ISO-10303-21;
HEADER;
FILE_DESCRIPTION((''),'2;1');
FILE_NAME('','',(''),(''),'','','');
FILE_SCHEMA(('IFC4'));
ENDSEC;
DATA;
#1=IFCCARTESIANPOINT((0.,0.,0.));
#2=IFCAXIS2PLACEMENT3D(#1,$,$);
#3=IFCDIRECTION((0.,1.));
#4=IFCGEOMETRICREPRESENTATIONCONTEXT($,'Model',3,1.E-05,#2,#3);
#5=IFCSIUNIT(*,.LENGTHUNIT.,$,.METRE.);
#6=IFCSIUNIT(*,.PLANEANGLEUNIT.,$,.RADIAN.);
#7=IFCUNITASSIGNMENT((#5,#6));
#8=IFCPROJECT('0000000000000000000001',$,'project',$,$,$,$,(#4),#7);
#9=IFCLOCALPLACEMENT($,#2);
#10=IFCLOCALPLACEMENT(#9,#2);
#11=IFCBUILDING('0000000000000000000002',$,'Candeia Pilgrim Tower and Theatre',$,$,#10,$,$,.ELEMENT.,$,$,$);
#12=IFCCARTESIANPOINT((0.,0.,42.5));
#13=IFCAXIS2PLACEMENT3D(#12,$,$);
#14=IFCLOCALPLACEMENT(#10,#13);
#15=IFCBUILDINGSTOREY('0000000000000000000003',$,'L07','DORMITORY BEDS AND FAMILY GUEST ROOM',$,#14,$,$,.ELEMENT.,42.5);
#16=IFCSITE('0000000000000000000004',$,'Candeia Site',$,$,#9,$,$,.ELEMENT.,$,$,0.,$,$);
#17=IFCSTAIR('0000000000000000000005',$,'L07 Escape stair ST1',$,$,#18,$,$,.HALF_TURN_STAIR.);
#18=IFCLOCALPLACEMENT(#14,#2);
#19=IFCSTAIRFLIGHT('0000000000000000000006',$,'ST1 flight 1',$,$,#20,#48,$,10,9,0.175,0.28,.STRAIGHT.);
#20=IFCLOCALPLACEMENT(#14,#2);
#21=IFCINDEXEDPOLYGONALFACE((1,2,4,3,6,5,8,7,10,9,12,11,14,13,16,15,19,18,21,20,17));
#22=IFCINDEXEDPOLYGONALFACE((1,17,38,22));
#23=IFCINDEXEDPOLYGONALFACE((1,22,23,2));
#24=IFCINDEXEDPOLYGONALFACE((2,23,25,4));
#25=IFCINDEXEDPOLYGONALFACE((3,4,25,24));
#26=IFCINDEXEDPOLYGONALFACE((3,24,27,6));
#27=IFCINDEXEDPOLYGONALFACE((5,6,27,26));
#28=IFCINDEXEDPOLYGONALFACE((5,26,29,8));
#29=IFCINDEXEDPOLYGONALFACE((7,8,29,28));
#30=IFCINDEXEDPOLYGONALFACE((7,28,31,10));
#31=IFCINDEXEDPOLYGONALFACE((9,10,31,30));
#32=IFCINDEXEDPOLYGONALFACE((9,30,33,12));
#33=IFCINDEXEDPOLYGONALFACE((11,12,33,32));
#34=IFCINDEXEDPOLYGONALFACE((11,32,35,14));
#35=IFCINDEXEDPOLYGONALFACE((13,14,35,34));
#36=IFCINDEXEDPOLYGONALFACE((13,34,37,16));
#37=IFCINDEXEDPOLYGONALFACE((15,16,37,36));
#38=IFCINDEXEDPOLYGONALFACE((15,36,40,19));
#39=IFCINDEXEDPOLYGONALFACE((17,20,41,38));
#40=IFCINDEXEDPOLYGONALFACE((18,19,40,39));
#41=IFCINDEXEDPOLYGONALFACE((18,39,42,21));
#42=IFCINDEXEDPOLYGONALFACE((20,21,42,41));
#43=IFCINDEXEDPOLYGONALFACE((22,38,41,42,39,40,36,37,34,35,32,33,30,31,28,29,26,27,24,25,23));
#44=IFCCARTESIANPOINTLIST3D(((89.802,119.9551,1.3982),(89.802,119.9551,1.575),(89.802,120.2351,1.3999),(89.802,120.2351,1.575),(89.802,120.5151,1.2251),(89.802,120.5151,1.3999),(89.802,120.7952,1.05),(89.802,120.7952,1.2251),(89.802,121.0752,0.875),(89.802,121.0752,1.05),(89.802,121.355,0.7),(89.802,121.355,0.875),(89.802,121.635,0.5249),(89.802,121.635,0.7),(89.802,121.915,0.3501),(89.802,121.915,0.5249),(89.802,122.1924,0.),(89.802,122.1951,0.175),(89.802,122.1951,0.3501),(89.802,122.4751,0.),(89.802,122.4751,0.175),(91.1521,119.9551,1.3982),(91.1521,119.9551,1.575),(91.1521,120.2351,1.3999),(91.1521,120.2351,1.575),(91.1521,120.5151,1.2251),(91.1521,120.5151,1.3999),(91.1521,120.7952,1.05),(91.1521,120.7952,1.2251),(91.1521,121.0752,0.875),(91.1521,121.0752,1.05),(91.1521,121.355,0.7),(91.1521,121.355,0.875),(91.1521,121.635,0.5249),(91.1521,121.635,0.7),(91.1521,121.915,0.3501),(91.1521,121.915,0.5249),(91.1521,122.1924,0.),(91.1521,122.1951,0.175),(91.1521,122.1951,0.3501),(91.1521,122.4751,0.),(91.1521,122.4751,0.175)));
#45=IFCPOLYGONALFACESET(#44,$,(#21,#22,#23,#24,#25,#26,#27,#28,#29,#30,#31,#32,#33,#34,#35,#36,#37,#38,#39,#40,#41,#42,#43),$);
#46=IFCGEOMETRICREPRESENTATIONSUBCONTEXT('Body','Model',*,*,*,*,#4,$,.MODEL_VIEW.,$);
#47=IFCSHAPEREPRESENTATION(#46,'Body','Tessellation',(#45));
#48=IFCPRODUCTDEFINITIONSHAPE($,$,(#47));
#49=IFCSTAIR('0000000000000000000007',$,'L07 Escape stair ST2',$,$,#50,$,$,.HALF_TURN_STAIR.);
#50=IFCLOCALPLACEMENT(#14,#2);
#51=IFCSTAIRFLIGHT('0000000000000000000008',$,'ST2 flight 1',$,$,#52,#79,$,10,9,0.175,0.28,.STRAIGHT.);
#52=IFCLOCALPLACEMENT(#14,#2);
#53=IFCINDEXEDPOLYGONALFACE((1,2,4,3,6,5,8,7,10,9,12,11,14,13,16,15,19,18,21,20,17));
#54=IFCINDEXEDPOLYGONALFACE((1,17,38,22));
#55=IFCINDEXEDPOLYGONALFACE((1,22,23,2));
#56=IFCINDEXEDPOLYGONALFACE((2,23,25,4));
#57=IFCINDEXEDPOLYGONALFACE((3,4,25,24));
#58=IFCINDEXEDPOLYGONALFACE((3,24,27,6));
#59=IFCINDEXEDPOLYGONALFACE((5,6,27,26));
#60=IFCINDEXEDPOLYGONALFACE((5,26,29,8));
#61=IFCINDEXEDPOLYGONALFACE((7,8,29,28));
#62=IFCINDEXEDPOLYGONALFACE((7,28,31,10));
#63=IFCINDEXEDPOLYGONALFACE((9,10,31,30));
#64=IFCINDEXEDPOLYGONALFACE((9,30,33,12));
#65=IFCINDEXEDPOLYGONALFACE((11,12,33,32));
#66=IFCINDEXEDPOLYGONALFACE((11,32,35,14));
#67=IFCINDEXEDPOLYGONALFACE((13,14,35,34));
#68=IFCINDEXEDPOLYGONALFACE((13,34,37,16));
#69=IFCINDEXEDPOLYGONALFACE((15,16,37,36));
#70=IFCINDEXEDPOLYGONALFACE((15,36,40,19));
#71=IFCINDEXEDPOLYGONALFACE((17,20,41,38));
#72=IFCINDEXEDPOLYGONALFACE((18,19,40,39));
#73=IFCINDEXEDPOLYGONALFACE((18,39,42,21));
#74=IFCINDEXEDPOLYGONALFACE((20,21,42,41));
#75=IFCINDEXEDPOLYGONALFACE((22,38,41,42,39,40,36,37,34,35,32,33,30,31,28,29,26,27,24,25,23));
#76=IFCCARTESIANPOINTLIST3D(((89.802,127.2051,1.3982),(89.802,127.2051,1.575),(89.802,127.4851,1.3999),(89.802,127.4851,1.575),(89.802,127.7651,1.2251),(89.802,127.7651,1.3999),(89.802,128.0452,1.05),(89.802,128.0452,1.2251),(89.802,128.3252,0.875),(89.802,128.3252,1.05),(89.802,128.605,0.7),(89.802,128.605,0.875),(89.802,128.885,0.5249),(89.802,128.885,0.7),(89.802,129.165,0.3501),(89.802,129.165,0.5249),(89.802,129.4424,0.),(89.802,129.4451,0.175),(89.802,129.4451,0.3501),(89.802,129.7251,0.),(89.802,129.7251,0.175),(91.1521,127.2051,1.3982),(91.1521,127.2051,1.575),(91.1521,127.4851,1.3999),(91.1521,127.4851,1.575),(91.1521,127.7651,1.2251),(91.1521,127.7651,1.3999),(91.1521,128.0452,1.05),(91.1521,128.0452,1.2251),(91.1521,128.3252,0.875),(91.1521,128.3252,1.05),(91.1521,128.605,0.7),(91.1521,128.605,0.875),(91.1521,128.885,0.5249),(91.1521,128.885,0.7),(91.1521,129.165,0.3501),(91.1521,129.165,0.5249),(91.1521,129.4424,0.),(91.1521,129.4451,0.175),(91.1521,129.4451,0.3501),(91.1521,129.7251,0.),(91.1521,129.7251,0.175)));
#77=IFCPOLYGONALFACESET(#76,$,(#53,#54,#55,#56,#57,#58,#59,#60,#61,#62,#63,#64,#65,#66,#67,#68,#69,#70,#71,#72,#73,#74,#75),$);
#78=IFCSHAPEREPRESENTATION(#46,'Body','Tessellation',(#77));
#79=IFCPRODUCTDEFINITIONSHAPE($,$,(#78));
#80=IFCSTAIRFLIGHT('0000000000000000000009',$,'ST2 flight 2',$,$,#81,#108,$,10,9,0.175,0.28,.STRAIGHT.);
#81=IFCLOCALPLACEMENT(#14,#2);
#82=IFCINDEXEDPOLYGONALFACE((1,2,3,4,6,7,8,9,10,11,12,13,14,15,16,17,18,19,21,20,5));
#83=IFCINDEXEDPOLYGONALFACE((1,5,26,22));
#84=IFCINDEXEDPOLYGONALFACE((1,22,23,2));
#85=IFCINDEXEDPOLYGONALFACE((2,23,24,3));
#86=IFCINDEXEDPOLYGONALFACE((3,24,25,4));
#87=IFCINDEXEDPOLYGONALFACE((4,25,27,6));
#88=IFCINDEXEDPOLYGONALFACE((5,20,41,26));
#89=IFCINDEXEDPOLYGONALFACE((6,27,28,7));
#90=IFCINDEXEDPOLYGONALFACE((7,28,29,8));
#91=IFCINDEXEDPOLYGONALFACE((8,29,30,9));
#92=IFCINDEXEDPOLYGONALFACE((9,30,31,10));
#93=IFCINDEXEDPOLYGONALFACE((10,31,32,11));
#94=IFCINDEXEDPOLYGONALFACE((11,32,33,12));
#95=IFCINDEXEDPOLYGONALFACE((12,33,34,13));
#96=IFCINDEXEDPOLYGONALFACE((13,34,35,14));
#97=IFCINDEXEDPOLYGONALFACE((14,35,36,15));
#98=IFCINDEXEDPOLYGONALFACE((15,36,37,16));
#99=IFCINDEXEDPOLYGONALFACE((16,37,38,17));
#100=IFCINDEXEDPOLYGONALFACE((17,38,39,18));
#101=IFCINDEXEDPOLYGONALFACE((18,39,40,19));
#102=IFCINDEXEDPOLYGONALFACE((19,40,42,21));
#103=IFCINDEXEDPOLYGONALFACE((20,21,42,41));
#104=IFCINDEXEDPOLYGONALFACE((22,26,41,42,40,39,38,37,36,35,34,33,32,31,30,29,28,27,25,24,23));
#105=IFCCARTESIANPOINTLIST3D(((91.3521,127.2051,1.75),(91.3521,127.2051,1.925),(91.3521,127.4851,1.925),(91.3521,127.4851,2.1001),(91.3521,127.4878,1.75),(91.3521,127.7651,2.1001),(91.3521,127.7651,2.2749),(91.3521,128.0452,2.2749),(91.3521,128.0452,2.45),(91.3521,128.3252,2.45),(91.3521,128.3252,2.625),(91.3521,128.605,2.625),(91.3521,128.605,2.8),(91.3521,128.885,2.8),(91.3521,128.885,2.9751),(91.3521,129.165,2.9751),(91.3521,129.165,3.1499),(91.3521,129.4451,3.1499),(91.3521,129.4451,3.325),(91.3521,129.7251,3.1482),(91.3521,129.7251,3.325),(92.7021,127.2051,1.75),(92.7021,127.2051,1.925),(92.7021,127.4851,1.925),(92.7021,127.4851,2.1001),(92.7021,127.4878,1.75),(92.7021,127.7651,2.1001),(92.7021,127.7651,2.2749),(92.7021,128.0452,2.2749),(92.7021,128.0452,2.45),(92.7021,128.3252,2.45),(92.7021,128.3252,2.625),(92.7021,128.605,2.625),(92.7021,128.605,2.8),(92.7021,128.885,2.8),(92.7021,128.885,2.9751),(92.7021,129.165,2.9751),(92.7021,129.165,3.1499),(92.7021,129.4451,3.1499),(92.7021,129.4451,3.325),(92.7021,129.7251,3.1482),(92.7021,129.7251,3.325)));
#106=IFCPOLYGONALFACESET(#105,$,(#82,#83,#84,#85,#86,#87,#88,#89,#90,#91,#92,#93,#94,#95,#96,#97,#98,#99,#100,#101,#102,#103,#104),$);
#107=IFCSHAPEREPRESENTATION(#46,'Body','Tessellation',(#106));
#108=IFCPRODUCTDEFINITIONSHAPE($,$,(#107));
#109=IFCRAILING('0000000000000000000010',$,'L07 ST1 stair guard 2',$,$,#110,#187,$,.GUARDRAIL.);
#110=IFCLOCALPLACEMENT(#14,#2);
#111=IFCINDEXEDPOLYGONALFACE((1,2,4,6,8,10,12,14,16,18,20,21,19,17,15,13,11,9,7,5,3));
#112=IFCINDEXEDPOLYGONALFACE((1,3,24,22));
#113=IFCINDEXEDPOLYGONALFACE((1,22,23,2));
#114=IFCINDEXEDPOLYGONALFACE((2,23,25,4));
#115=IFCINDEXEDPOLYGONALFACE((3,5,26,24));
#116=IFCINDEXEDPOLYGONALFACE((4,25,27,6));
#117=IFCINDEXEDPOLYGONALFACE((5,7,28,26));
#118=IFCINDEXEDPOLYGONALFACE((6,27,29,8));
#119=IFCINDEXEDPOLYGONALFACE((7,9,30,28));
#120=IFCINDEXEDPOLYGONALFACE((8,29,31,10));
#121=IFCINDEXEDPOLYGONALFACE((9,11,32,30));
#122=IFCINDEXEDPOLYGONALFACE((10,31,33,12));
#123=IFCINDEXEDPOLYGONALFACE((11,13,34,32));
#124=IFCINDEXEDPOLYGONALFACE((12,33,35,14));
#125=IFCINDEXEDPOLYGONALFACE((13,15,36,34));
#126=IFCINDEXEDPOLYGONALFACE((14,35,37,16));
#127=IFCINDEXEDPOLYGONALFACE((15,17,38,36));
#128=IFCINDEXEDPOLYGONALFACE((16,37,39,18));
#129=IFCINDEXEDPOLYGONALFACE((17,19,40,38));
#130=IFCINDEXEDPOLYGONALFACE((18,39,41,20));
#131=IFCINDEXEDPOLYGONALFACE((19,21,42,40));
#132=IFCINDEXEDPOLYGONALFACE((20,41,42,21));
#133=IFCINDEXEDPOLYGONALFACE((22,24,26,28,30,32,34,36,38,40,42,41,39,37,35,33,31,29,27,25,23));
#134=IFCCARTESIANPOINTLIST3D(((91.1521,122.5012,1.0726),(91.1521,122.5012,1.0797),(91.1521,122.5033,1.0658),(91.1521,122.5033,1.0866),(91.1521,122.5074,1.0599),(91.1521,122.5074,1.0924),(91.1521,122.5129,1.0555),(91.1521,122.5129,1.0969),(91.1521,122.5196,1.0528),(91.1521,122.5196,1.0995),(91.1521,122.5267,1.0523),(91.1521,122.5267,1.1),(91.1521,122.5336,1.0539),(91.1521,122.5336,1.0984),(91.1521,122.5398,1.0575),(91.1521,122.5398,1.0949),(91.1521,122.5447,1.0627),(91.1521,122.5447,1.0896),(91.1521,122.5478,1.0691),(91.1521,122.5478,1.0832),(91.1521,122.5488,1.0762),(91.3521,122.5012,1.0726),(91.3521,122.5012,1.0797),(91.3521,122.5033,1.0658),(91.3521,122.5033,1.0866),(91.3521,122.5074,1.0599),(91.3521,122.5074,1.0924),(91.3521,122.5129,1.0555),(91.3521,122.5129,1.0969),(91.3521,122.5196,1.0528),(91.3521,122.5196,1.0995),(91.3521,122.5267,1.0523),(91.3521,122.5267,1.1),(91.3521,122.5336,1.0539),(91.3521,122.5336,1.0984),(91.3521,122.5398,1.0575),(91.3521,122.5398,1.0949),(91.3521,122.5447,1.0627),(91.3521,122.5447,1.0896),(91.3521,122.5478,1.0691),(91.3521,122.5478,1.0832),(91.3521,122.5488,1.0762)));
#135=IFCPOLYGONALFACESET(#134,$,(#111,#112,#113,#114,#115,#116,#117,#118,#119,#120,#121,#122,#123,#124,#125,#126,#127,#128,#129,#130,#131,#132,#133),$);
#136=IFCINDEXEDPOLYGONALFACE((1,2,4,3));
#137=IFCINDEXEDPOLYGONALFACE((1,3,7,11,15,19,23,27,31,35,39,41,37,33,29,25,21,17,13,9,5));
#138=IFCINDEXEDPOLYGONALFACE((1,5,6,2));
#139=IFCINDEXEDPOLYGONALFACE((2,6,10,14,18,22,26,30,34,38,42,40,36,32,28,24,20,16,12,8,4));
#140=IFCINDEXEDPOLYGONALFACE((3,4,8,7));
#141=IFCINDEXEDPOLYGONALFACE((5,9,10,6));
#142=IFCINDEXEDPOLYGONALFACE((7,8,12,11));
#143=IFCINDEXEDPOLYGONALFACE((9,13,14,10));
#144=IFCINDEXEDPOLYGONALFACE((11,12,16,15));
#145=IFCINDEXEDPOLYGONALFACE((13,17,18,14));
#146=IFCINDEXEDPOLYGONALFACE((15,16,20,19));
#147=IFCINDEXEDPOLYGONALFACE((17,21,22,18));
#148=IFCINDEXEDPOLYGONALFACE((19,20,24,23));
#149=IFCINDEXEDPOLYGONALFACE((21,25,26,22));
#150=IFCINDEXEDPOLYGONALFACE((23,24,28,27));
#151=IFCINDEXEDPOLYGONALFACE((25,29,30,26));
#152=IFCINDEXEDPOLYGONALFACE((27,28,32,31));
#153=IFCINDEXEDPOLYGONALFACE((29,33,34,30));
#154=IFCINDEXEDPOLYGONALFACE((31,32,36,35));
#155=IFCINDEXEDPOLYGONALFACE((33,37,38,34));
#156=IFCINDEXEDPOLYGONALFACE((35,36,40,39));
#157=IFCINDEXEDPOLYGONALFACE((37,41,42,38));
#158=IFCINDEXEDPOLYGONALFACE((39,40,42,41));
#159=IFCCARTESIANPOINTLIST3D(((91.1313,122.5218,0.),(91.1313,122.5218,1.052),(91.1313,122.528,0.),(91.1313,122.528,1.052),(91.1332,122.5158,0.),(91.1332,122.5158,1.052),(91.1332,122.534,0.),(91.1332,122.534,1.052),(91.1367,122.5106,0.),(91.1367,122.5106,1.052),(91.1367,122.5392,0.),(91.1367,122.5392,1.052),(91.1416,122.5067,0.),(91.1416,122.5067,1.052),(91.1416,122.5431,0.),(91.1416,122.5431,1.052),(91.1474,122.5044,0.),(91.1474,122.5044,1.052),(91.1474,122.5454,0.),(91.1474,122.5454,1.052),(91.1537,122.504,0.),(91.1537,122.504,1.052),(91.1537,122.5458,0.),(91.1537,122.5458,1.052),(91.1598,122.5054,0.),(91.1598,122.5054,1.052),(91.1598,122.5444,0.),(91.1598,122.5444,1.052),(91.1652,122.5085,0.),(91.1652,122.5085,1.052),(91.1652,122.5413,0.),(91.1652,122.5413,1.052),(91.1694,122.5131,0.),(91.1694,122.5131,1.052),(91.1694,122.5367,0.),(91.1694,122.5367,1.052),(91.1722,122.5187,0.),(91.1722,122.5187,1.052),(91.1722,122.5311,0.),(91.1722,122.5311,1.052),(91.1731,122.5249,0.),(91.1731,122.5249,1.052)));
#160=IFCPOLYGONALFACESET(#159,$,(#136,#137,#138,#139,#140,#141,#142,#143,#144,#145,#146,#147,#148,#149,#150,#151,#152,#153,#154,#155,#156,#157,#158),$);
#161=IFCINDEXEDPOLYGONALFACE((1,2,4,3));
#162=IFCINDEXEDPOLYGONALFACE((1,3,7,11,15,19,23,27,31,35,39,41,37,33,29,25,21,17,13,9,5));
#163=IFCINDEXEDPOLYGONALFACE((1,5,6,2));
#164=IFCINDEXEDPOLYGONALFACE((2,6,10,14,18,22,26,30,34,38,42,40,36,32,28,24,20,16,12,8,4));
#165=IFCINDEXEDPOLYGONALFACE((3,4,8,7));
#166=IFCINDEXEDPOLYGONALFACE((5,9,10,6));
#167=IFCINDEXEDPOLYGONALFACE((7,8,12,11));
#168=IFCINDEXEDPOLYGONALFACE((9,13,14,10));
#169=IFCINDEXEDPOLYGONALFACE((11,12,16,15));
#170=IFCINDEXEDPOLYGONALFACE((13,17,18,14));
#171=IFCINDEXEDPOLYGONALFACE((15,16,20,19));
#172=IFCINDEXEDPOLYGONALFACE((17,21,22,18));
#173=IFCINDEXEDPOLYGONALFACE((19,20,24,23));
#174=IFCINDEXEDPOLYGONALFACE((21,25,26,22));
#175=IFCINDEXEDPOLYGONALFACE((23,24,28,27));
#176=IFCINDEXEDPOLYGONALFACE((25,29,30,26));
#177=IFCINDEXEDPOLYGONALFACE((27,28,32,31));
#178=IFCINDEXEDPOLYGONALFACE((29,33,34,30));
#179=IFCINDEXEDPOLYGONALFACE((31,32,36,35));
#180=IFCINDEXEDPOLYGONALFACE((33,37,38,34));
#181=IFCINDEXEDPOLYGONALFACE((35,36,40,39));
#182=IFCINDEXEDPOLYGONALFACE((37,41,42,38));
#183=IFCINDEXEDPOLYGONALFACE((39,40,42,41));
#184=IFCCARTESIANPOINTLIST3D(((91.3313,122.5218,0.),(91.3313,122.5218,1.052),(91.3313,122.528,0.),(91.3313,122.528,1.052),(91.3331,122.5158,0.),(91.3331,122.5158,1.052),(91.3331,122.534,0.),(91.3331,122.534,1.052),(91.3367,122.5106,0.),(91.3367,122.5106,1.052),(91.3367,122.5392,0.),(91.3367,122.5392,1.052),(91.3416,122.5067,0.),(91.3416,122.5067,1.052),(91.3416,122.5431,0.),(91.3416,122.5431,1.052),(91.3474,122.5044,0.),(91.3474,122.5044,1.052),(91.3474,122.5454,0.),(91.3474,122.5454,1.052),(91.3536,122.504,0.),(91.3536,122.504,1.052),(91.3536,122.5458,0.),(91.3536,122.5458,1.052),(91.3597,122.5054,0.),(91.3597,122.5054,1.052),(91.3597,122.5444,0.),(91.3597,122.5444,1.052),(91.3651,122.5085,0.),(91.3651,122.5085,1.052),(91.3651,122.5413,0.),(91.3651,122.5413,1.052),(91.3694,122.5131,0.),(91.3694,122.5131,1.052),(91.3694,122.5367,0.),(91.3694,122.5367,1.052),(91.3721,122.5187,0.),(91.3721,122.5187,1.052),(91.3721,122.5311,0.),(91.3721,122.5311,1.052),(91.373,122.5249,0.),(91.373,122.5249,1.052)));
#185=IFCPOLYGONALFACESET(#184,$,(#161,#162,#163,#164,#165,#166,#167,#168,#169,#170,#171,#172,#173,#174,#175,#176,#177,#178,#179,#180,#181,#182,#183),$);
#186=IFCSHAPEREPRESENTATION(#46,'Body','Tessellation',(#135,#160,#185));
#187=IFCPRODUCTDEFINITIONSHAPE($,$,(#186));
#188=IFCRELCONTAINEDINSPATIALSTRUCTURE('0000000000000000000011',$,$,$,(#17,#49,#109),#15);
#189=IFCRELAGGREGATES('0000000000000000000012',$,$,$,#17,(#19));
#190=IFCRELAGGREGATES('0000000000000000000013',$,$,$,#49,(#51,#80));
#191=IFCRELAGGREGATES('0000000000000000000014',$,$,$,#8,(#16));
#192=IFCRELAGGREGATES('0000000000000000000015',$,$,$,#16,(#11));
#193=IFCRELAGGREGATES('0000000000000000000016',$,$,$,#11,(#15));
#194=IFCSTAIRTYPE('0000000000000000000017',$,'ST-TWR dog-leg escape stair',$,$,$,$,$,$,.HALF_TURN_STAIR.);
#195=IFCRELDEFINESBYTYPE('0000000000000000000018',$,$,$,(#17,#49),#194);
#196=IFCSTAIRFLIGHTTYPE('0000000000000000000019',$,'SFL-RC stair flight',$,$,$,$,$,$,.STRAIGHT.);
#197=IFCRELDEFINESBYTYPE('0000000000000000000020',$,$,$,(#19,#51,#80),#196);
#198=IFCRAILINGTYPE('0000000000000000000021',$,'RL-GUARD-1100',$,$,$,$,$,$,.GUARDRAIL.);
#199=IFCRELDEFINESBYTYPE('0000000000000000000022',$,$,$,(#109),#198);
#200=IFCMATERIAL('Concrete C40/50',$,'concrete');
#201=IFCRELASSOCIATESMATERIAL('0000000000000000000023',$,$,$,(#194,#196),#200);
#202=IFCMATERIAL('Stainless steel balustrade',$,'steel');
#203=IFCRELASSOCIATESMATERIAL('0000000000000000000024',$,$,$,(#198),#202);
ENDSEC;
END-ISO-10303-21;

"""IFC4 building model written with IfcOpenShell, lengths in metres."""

from ifc_helpers import new_model, si_unit, direction, frame, origin, origin_2d, place, context, subcontext, project, spatial, polyline, circle, outline, extrude, material, type_object, element, aggregate, save


model = new_model("IFC4")

# Units and contexts
model_context = context("Model", 3, precision=1e-05, world=origin(), true_north=direction((0.0, 1.0)))
body_context = subcontext(model_context, "Body", "Model", "MODEL_VIEW")
ifc_project = project(units=[si_unit("LENGTHUNIT", "METRE"), si_unit("PLANEANGLEUNIT", "RADIAN")], contexts=[model_context])

# Site, building, storey
site_placement = place(None, origin())
site = spatial("IfcSite", under=ifc_project, at=site_placement, Name="Candeia Site", CompositionType="ELEMENT", RefElevation=0.0)
building_placement = place(site_placement, origin())
building = spatial("IfcBuilding", under=site, at=building_placement, Name="Candeia Pilgrim Tower and Theatre", CompositionType="ELEMENT")
storey_placement = place(building_placement, frame((0.0, 0.0, 42.5)))
storey = spatial("IfcBuildingStorey", under=building, at=storey_placement, Name="L07", Description="DORMITORY BEDS AND FAMILY GUEST ROOM", CompositionType="ELEMENT", Elevation=42.5)

# Shared definitions
ifc_material_1 = material(Name="Concrete C40/50", Category="concrete")

# Stair, stair flight
stair_type = type_object("IfcStairType", Name="ST-TWR dog-leg escape stair", PredefinedType="HALF_TURN_STAIR", material=ifc_material_1)
stair_1_placement = place(storey_placement, origin())
stair_1 = element("IfcStair", 1, at=stair_1_placement, inside=storey, type_object=stair_type, Name="L07 Escape stair ST1", PredefinedType="HALF_TURN_STAIR")
stair_flight_type = type_object("IfcStairFlightType", Name="SFL-RC stair flight", PredefinedType="STRAIGHT", material=ifc_material_1)
stair_flight_1_placement = place(storey_placement, frame((90.4771, 122.4751, 0.0), z_axis=(0.0, 0.0, 1.0), x_axis=(0.0, -1.0, 0.0)))
stair_flight_1 = element("IfcStairFlight", 2, at=stair_flight_1_placement, type_object=stair_flight_type, Name="ST1 flight 1", NumberOfRisers=10, NumberOfTreads=9, PredefinedType="STRAIGHT", RiserHeight=0.175, TreadLength=0.28, context=body_context, shape_type="SweptSolid", body=[
    extrude(outline(polyline([(0.0, 0.0), (0.0, 0.175), (0.28, 0.175), (0.28, 0.3501), (0.5601, 0.3501), (0.5601, 0.5249), (0.8401, 0.5249), (0.8401, 0.7), (1.1201, 0.7), (1.1201, 0.875), (1.3999, 0.875), (1.3999, 1.05), (1.6799, 1.05), (1.6799, 1.2251), (1.96, 1.2251), (1.96, 1.3999), (2.24, 1.3999), (2.24, 1.575), (2.52, 1.575), (2.52, 1.75), (2.52, 1.3982), (0.2827, 0.0), (0.0, 0.0)])), frame((0.0, 0.675, 0.0), z_axis=(0.0, -1.0, 0.0), x_axis=(1.0, 0.0, 0.0)), (0.0, 0.0, 1.0), 1.3501),
])
aggregate(stair_1, [stair_flight_1])

# Stair, stair flights
stair_2_placement = place(storey_placement, origin())
stair_2 = element("IfcStair", 3, at=stair_2_placement, inside=storey, type_object=stair_type, Name="L07 Escape stair ST2", PredefinedType="HALF_TURN_STAIR")
stair_flight_2_placement = place(storey_placement, frame((90.4771, 129.7251, 0.0), z_axis=(0.0, 0.0, 1.0), x_axis=(0.0, -1.0, 0.0)))
stair_flight_2 = element("IfcStairFlight", 4, at=stair_flight_2_placement, type_object=stair_flight_type, Name="ST2 flight 1", NumberOfRisers=10, NumberOfTreads=9, PredefinedType="STRAIGHT", RiserHeight=0.175, TreadLength=0.28, context=body_context, shape_type="SweptSolid", body=[
    extrude(outline(polyline([(0.0, 0.0), (0.0, 0.175), (0.28, 0.175), (0.28, 0.3501), (0.5601, 0.3501), (0.5601, 0.5249), (0.8401, 0.5249), (0.8401, 0.7), (1.1201, 0.7), (1.1201, 0.875), (1.3999, 0.875), (1.3999, 1.05), (1.6799, 1.05), (1.6799, 1.2251), (1.96, 1.2251), (1.96, 1.3999), (2.24, 1.3999), (2.24, 1.575), (2.52, 1.575), (2.52, 1.75), (2.52, 1.3982), (0.2827, 0.0), (0.0, 0.0)])), frame((0.0, 0.675, 0.0), z_axis=(0.0, -1.0, 0.0), x_axis=(1.0, 0.0, 0.0)), (0.0, 0.0, 1.0), 1.3501),
])
stair_flight_3_placement = place(storey_placement, frame((92.0271, 127.2051, 1.75), z_axis=(0.0, 0.0, 1.0), x_axis=(0.0, 1.0, 0.0)))
stair_flight_3 = element("IfcStairFlight", 5, at=stair_flight_3_placement, type_object=stair_flight_type, Name="ST2 flight 2", NumberOfRisers=10, NumberOfTreads=9, PredefinedType="STRAIGHT", RiserHeight=0.175, TreadLength=0.28, context=body_context, shape_type="SweptSolid", body=[
    extrude(outline(polyline([(0.0, 0.0), (0.0, 0.175), (0.28, 0.175), (0.28, 0.3501), (0.5601, 0.3501), (0.5601, 0.5249), (0.8401, 0.5249), (0.8401, 0.7), (1.1201, 0.7), (1.1201, 0.875), (1.3999, 0.875), (1.3999, 1.05), (1.6799, 1.05), (1.6799, 1.2251), (1.96, 1.2251), (1.96, 1.3999), (2.24, 1.3999), (2.24, 1.575), (2.52, 1.575), (2.52, 1.75), (2.52, 1.3982), (0.2827, 0.0), (0.0, 0.0)])), frame((0.0, 0.675, 0.0), z_axis=(0.0, -1.0, 0.0), x_axis=(1.0, 0.0, 0.0)), (0.0, 0.0, 1.0), 1.3501),
])
aggregate(stair_2, [stair_flight_2, stair_flight_3])

# Railing
ifc_material_2 = material(Name="Stainless steel balustrade", Category="steel")
railing_type_1 = type_object("IfcRailingType", Name="RL-GUARD-1100", PredefinedType="GUARDRAIL", material=ifc_material_2)
railing_1_placement = place(storey_placement, frame((91.1521, 122.5249, 0.0)))
element("IfcRailing", 6, at=railing_1_placement, inside=storey, type_object=railing_type_1, Name="L07 ST1 stair guard 2", PredefinedType="GUARDRAIL", context=body_context, shape_type="SweptSolid", body=[
    extrude(circle(Radius=0.0239, at=origin_2d()), frame((0.0, 0.0, 1.0762), z_axis=(1.0, 0.0, 0.0), x_axis=(0.0, 1.0, 0.0)), (0.0, 0.0, 1.0), 0.2),
    extrude(circle(Radius=0.021, at=origin_2d()), origin(), (0.0, 0.0, 1.0), 1.052),
    extrude(circle(Radius=0.021, at=origin_2d()), frame((0.2, 0.0, 0.0)), (0.0, 0.0, 1.0), 1.052),
])

save(model, "model.ifc")
